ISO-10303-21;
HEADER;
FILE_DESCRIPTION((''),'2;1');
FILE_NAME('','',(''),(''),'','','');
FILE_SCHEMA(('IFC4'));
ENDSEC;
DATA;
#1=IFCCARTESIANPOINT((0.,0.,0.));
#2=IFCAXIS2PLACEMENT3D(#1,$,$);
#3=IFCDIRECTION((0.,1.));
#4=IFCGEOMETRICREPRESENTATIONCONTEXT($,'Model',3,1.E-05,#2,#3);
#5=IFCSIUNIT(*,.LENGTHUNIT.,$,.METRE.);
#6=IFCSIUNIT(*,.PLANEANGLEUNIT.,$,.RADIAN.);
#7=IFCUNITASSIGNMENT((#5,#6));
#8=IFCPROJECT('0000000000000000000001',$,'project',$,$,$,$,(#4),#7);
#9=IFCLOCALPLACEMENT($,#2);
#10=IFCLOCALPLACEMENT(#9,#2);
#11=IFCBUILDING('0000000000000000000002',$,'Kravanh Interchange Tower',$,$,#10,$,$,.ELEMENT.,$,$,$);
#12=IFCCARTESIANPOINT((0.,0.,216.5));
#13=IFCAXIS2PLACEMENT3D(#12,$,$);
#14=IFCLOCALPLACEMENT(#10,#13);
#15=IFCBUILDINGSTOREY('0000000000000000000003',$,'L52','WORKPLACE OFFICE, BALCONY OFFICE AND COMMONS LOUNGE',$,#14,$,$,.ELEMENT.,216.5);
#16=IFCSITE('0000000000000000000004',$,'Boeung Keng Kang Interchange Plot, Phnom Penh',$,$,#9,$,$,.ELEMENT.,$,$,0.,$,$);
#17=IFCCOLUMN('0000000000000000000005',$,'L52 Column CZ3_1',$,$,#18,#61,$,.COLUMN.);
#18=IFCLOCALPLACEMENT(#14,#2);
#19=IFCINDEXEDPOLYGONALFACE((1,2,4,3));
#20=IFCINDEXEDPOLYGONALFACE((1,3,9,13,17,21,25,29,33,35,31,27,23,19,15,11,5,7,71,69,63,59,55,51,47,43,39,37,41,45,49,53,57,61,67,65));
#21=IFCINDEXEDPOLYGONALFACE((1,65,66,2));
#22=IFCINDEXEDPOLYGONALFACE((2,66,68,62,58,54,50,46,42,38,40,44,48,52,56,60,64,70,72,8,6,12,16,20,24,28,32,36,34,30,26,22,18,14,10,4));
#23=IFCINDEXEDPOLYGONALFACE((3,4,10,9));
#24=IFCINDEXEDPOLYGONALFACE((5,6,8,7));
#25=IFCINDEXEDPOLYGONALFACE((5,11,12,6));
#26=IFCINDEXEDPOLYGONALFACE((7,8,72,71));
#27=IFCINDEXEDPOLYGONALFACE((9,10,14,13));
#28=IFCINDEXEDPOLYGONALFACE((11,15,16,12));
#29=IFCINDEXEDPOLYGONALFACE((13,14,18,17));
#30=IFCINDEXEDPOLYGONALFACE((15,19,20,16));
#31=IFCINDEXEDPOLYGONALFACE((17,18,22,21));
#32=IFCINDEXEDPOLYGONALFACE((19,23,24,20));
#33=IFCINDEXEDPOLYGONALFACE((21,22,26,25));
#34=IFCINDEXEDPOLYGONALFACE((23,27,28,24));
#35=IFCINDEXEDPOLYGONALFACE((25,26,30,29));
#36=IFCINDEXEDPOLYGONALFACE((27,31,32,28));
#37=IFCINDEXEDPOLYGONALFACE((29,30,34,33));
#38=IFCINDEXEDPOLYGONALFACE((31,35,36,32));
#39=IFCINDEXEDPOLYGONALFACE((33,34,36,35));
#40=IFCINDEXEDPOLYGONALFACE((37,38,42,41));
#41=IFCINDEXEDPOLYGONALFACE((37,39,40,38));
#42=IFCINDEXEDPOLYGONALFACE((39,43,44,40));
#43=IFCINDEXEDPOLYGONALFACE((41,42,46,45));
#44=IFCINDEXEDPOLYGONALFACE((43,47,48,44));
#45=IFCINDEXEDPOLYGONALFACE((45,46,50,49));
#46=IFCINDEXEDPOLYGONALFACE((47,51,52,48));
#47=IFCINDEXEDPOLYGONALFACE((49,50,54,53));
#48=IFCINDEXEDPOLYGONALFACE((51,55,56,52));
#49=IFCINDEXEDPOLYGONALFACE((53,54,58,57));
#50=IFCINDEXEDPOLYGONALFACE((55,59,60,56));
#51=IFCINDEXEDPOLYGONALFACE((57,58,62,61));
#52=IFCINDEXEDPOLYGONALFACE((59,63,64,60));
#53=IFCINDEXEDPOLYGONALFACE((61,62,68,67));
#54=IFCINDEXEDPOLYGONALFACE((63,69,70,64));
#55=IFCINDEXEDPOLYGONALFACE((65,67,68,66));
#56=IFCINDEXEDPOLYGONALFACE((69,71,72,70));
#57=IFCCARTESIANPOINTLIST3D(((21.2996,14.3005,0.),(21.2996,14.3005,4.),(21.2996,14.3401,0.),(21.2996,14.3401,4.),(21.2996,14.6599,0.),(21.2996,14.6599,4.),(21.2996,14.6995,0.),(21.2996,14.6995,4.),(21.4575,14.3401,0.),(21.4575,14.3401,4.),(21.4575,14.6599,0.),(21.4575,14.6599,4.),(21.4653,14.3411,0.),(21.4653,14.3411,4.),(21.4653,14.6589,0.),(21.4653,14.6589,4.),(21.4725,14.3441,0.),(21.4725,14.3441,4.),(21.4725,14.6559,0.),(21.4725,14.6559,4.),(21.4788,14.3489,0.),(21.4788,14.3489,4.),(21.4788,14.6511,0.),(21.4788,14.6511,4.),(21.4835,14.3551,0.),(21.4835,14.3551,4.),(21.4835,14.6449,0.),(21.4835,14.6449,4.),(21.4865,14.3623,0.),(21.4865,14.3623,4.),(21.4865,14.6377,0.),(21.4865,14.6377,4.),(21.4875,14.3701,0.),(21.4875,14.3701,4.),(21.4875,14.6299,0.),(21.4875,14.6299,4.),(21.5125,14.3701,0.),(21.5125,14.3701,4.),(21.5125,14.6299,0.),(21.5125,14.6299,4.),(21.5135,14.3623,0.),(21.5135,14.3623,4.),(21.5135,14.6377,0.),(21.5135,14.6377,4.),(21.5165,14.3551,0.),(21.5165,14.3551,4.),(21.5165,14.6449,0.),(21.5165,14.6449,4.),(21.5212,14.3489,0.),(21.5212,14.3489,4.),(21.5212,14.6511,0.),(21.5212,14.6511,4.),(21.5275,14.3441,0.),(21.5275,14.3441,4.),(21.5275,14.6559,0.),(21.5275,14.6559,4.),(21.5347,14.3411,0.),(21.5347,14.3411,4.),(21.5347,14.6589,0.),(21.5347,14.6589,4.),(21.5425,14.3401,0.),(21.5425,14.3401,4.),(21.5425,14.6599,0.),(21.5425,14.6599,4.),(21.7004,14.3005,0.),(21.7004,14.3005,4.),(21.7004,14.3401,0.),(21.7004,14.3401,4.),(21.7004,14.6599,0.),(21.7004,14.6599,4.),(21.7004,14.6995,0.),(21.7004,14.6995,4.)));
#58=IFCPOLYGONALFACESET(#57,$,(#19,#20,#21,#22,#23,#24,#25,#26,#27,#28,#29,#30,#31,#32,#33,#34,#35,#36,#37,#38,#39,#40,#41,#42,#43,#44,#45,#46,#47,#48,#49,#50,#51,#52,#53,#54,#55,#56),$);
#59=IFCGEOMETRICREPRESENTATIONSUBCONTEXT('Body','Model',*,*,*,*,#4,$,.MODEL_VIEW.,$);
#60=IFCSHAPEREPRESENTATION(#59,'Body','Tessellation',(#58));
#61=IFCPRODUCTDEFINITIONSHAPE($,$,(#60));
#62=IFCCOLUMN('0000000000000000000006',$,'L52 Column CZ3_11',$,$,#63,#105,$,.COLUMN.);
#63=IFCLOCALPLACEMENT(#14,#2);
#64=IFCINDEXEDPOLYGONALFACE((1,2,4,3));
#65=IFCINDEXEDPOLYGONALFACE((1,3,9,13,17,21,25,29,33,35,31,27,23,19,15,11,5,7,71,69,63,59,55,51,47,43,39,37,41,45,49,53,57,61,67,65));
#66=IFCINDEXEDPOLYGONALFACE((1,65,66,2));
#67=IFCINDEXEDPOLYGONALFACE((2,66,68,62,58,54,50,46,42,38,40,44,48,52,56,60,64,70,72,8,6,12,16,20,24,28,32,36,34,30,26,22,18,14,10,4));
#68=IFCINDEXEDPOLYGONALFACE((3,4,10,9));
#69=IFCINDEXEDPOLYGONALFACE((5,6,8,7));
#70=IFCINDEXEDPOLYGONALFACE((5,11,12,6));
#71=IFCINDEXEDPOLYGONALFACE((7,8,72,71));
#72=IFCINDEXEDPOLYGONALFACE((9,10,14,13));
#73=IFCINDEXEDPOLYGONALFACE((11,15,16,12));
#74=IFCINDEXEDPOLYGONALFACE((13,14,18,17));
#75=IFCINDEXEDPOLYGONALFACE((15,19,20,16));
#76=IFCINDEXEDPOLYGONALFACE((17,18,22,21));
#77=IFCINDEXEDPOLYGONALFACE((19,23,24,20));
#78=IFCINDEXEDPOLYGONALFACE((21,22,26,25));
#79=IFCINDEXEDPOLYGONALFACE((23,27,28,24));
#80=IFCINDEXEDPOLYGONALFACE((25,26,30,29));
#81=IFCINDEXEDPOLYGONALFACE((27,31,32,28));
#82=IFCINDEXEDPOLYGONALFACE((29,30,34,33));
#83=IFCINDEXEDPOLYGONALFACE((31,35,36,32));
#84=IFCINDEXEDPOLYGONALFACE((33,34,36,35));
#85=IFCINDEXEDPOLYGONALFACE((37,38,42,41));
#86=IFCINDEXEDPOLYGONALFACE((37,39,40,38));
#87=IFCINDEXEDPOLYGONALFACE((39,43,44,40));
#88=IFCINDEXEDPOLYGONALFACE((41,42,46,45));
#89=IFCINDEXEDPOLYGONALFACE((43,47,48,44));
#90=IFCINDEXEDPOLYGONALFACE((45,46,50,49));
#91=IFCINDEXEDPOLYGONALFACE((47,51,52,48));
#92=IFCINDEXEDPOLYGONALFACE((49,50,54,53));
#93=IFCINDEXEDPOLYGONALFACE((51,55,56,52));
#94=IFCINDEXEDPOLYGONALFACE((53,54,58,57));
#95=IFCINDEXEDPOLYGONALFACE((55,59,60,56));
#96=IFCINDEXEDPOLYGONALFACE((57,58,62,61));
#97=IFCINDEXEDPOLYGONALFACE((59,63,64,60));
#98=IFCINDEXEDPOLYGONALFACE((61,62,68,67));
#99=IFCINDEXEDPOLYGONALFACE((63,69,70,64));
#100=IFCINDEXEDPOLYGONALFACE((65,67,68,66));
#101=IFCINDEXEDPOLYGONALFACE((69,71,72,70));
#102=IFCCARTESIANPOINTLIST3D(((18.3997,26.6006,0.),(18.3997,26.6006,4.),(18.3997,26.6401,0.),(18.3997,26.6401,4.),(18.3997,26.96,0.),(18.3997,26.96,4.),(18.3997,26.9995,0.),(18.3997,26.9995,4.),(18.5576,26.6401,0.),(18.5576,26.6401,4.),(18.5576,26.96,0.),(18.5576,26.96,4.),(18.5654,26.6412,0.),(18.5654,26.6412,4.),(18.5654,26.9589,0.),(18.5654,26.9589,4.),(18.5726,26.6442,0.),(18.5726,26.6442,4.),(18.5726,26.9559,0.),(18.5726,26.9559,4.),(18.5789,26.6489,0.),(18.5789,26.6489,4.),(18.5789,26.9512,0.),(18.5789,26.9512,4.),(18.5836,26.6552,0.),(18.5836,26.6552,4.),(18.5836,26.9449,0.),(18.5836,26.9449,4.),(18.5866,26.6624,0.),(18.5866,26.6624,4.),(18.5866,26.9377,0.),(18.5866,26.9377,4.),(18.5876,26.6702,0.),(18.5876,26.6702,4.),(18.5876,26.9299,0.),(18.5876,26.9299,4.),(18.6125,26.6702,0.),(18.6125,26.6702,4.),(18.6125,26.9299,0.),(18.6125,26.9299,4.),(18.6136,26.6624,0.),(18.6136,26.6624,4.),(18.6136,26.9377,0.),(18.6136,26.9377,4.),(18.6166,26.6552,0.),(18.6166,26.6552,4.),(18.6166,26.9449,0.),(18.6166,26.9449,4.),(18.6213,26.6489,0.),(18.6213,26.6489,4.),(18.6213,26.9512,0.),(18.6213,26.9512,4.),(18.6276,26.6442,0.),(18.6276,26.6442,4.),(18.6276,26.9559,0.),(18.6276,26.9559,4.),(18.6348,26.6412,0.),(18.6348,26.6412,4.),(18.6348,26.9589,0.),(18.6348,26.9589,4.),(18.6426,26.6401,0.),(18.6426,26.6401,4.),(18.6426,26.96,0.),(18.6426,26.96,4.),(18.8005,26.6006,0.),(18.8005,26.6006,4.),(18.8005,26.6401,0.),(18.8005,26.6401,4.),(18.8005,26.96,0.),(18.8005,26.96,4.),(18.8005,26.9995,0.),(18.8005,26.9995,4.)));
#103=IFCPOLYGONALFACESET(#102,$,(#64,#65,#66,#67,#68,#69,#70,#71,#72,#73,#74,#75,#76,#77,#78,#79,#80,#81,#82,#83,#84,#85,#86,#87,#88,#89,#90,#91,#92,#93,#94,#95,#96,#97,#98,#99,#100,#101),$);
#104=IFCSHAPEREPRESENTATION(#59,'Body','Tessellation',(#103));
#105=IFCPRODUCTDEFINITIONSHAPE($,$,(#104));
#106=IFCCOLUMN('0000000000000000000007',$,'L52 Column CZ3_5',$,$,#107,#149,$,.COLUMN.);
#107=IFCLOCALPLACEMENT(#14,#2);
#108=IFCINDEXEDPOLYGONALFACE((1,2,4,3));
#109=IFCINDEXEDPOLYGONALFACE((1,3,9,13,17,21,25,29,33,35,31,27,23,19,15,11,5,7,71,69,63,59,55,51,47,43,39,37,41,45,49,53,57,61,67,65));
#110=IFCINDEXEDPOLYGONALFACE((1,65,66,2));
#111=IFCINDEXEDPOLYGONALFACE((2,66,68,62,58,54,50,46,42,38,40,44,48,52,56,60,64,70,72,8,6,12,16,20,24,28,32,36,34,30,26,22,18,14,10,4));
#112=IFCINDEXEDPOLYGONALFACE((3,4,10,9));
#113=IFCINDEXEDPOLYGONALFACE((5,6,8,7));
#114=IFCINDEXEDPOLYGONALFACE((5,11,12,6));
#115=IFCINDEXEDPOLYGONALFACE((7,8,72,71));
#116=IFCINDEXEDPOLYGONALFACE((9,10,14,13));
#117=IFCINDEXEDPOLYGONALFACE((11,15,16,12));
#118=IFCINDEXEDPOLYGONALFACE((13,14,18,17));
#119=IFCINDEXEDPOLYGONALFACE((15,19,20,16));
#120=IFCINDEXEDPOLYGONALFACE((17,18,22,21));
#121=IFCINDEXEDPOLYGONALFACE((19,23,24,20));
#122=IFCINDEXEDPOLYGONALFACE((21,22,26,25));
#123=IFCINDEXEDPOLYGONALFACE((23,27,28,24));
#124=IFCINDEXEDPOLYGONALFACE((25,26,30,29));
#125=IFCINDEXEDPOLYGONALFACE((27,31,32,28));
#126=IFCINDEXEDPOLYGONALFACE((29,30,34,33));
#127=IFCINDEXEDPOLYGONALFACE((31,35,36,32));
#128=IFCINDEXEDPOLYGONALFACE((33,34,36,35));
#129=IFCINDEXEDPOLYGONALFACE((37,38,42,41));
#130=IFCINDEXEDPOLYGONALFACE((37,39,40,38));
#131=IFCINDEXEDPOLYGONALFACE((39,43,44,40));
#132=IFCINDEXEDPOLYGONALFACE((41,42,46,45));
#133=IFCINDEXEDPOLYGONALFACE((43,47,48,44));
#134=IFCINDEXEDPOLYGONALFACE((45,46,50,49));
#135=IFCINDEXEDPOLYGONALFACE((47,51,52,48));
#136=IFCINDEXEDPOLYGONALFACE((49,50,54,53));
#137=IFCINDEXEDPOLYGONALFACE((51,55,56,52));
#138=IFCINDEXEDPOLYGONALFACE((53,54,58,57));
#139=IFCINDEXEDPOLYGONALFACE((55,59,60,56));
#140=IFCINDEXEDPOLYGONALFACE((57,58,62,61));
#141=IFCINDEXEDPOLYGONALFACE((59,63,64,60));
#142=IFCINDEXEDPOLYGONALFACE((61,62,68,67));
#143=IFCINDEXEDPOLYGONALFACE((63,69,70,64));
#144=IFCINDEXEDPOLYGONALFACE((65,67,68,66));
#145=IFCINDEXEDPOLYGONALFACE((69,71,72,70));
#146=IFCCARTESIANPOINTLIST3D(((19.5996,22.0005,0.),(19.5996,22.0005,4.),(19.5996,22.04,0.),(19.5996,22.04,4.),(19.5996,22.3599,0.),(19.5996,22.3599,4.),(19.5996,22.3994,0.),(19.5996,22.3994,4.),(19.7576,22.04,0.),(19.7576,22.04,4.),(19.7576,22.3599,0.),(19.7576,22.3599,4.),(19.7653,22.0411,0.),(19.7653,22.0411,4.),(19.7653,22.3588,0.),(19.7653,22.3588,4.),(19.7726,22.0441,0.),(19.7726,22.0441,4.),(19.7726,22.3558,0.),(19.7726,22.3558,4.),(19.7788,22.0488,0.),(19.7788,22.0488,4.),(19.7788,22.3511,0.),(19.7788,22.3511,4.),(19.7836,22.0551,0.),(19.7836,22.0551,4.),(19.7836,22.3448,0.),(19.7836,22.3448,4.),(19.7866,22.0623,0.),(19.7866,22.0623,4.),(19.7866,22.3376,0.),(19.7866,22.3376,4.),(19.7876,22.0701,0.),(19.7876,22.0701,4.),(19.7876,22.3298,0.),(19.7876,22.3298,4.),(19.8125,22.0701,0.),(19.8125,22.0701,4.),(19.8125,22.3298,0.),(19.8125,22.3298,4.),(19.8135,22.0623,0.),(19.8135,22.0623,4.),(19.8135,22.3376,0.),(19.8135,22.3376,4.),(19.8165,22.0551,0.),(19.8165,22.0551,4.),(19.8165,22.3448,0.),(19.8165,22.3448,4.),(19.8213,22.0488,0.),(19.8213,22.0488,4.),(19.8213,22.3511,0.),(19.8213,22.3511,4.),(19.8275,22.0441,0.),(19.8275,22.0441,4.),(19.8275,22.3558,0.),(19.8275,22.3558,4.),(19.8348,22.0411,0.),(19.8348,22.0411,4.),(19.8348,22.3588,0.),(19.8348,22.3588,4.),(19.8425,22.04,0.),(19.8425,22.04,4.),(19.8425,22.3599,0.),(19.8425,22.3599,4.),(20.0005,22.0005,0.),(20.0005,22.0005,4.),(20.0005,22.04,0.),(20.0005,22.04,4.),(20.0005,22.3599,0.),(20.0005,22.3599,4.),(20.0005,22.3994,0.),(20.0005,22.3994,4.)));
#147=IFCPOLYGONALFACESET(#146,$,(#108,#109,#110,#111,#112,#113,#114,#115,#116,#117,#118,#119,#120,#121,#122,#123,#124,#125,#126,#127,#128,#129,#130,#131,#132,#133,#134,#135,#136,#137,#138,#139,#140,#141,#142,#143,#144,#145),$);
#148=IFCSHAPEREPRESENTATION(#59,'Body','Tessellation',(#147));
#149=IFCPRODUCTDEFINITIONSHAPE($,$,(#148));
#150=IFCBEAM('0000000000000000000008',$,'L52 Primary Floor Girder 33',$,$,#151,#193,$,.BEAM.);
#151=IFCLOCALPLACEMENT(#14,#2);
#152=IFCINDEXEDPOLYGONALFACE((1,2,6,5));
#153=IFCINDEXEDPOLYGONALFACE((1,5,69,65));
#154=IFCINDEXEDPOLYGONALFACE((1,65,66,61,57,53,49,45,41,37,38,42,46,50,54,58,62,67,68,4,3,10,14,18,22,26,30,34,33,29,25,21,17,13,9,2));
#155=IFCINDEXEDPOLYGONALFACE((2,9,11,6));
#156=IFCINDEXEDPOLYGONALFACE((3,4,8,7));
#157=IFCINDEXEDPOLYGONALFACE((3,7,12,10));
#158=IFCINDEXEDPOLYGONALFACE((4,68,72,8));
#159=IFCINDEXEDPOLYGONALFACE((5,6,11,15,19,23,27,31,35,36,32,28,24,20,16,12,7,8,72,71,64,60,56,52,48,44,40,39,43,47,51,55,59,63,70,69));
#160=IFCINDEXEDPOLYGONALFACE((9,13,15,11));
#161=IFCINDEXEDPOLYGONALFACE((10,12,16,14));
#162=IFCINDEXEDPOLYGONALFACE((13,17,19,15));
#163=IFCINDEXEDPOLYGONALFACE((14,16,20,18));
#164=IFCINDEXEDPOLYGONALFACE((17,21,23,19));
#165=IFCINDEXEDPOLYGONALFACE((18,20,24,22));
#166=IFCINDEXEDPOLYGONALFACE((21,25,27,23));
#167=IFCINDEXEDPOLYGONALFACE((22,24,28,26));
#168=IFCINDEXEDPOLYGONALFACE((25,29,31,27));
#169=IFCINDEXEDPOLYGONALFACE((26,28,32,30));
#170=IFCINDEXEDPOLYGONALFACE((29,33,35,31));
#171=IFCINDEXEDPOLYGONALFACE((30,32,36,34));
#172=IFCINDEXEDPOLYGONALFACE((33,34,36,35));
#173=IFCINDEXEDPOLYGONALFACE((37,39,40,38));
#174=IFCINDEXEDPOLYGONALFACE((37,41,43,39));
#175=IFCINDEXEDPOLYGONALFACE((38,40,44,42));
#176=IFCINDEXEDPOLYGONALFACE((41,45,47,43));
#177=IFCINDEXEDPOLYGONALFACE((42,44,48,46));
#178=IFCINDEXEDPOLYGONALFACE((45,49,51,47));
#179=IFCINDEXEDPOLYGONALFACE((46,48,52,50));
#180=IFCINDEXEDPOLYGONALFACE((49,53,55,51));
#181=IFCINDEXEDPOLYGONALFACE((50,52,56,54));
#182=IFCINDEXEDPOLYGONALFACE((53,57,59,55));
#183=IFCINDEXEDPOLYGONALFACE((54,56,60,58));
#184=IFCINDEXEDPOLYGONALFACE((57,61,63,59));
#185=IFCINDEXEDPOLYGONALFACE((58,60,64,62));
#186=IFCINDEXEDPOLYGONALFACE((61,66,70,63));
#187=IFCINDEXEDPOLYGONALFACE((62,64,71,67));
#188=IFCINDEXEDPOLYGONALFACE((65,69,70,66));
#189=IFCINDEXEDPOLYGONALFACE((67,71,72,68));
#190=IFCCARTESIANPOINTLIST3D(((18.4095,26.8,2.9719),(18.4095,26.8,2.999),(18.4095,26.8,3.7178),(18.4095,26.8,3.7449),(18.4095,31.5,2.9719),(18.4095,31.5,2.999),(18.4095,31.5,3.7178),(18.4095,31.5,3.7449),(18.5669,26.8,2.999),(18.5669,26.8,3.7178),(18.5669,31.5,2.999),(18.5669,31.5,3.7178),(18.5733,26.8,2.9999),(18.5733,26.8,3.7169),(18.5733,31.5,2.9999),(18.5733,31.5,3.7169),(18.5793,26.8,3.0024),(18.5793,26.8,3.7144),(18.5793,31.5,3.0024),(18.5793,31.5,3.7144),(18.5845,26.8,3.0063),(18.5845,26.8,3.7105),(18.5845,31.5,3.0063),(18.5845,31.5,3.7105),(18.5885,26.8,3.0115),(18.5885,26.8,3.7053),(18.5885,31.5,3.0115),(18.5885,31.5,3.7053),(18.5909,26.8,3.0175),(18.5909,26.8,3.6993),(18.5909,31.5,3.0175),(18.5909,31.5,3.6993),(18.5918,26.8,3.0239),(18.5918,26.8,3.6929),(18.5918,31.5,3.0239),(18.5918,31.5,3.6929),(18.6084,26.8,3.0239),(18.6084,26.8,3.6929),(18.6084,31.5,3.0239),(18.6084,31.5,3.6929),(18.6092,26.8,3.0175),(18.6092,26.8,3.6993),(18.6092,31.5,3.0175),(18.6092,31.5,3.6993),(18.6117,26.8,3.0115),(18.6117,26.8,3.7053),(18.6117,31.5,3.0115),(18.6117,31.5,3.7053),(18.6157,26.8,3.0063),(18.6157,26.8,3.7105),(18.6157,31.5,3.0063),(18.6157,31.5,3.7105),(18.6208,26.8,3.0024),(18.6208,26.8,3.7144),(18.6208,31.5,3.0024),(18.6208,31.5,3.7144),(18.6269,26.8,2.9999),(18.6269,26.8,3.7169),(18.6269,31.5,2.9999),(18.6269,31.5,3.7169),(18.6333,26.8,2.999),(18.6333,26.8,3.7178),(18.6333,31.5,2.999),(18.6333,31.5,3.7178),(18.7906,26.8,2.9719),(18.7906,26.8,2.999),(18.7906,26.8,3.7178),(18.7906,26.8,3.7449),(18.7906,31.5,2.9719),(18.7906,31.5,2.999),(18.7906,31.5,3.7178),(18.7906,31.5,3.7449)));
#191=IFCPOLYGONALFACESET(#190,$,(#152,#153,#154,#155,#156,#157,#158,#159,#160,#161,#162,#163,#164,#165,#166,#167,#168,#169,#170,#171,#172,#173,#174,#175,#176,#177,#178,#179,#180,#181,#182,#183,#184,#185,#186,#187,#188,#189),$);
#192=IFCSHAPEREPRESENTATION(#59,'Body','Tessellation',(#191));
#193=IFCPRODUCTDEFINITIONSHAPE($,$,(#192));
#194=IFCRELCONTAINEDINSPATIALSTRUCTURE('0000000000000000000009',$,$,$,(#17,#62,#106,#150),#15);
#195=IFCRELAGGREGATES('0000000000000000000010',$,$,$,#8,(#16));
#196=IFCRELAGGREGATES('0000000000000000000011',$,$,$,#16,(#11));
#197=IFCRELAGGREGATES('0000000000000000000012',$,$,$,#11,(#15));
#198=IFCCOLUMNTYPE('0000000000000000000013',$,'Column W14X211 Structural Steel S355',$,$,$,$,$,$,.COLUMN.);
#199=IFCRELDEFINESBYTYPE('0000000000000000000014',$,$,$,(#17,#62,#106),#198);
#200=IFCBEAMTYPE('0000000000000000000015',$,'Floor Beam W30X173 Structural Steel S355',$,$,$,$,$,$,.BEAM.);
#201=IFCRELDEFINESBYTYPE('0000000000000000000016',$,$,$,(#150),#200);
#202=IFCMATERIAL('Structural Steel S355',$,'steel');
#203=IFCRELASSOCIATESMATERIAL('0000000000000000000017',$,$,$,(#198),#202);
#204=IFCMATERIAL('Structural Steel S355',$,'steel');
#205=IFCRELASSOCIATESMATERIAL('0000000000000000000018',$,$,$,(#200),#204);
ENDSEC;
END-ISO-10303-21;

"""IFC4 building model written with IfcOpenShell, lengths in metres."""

from ifc_helpers import new_model, si_unit, direction, frame, origin, origin_2d, place, context, subcontext, project, spatial, i_section, extrude, material, material_profile, profile_set, type_object, element, save


model = new_model("IFC4")

# Units and contexts
model_context = context("Model", 3, precision=1e-05, world=origin(), true_north=direction((0.0, 1.0)))
body_context = subcontext(model_context, "Body", "Model", "MODEL_VIEW")
ifc_project = project(units=[si_unit("LENGTHUNIT", "METRE"), si_unit("PLANEANGLEUNIT", "RADIAN")], contexts=[model_context])

# Site, building, storey
site_placement = place(None, origin())
site = spatial("IfcSite", under=ifc_project, at=site_placement, Name="Boeung Keng Kang Interchange Plot, Phnom Penh", CompositionType="ELEMENT", RefElevation=0.0)
building_placement = place(site_placement, origin())
building = spatial("IfcBuilding", under=site, at=building_placement, Name="Kravanh Interchange Tower", CompositionType="ELEMENT")
storey_placement = place(building_placement, frame((0.0, 0.0, 216.5)))
storey = spatial("IfcBuildingStorey", under=building, at=storey_placement, Name="L52", Description="WORKPLACE OFFICE, BALCONY OFFICE AND COMMONS LOUNGE", CompositionType="ELEMENT", Elevation=216.5)

# Columns
ifc_material_1 = material(Name="Structural Steel S355", Category="steel")
ifc_material_profile_1 = material_profile(ifc_material_1, i_section(OverallWidth=0.4009, OverallDepth=0.3989, WebThickness=0.0249, FlangeThickness=0.0396, FilletRadius=0.03, at=origin_2d()), Name="W14X211")
ifc_profile_set_1 = profile_set([ifc_material_profile_1], Name="Structural Steel S355")
column_type = type_object("IfcColumnType", Name="Column W14X211 Structural Steel S355", PredefinedType="COLUMN", material=ifc_profile_set_1)
for number, where, z_axis, x_axis, name in (
    (1, (21.5, 14.5, 0.0), (0.0, 0.0, 1.0), (1.0, 0.0, 0.0), "L52 Column CZ3_1"),
    (2, (18.6001, 26.8, 0.0), (0.0, 0.0, 1.0), (1.0, 0.0, 0.0), "L52 Column CZ3_11"),
    (3, (19.8, 22.2, 0.0), (0.0, 0.0, 1.0), (1.0, 0.0, 0.0), "L52 Column CZ3_5"),
):
    element("IfcColumn", number, at=place(storey_placement, frame(where, z_axis=z_axis, x_axis=x_axis)), inside=storey, type_object=column_type, Name=name, PredefinedType="COLUMN", context=body_context, shape_type="SweptSolid", body=[
        extrude(i_section(OverallWidth=0.4009, OverallDepth=0.3989, WebThickness=0.0249, FlangeThickness=0.0396, FilletRadius=0.03, at=origin_2d()), origin(), (0.0, 0.0, 1.0), 4.0),
    ])

# Beam
ifc_material_2 = material(Name="Structural Steel S355", Category="steel")
ifc_material_profile_2 = material_profile(ifc_material_2, i_section(OverallWidth=0.3811, OverallDepth=0.7729, WebThickness=0.0166, FlangeThickness=0.0271, FilletRadius=0.0249, at=origin_2d()), Name="W30X173")
ifc_profile_set_2 = profile_set([ifc_material_profile_2], Name="Structural Steel S355")
beam_type_1 = type_object("IfcBeamType", Name="Floor Beam W30X173 Structural Steel S355", PredefinedType="BEAM", material=ifc_profile_set_2)
beam_1_placement = place(storey_placement, frame((18.6001, 26.8, 3.3584), z_axis=(0.0, 1.0, 0.0), x_axis=(-1.0, 0.0, 0.0)))
element("IfcBeam", 4, at=beam_1_placement, inside=storey, type_object=beam_type_1, Name="L52 Primary Floor Girder 33", PredefinedType="BEAM", context=body_context, shape_type="SweptSolid", body=[
    extrude(i_section(OverallWidth=0.3811, OverallDepth=0.7729, WebThickness=0.0166, FlangeThickness=0.0271, FilletRadius=0.0249, at=origin_2d()), origin(), (0.0, 0.0, 1.0), 4.7),
])

save(model, "model.ifc")
